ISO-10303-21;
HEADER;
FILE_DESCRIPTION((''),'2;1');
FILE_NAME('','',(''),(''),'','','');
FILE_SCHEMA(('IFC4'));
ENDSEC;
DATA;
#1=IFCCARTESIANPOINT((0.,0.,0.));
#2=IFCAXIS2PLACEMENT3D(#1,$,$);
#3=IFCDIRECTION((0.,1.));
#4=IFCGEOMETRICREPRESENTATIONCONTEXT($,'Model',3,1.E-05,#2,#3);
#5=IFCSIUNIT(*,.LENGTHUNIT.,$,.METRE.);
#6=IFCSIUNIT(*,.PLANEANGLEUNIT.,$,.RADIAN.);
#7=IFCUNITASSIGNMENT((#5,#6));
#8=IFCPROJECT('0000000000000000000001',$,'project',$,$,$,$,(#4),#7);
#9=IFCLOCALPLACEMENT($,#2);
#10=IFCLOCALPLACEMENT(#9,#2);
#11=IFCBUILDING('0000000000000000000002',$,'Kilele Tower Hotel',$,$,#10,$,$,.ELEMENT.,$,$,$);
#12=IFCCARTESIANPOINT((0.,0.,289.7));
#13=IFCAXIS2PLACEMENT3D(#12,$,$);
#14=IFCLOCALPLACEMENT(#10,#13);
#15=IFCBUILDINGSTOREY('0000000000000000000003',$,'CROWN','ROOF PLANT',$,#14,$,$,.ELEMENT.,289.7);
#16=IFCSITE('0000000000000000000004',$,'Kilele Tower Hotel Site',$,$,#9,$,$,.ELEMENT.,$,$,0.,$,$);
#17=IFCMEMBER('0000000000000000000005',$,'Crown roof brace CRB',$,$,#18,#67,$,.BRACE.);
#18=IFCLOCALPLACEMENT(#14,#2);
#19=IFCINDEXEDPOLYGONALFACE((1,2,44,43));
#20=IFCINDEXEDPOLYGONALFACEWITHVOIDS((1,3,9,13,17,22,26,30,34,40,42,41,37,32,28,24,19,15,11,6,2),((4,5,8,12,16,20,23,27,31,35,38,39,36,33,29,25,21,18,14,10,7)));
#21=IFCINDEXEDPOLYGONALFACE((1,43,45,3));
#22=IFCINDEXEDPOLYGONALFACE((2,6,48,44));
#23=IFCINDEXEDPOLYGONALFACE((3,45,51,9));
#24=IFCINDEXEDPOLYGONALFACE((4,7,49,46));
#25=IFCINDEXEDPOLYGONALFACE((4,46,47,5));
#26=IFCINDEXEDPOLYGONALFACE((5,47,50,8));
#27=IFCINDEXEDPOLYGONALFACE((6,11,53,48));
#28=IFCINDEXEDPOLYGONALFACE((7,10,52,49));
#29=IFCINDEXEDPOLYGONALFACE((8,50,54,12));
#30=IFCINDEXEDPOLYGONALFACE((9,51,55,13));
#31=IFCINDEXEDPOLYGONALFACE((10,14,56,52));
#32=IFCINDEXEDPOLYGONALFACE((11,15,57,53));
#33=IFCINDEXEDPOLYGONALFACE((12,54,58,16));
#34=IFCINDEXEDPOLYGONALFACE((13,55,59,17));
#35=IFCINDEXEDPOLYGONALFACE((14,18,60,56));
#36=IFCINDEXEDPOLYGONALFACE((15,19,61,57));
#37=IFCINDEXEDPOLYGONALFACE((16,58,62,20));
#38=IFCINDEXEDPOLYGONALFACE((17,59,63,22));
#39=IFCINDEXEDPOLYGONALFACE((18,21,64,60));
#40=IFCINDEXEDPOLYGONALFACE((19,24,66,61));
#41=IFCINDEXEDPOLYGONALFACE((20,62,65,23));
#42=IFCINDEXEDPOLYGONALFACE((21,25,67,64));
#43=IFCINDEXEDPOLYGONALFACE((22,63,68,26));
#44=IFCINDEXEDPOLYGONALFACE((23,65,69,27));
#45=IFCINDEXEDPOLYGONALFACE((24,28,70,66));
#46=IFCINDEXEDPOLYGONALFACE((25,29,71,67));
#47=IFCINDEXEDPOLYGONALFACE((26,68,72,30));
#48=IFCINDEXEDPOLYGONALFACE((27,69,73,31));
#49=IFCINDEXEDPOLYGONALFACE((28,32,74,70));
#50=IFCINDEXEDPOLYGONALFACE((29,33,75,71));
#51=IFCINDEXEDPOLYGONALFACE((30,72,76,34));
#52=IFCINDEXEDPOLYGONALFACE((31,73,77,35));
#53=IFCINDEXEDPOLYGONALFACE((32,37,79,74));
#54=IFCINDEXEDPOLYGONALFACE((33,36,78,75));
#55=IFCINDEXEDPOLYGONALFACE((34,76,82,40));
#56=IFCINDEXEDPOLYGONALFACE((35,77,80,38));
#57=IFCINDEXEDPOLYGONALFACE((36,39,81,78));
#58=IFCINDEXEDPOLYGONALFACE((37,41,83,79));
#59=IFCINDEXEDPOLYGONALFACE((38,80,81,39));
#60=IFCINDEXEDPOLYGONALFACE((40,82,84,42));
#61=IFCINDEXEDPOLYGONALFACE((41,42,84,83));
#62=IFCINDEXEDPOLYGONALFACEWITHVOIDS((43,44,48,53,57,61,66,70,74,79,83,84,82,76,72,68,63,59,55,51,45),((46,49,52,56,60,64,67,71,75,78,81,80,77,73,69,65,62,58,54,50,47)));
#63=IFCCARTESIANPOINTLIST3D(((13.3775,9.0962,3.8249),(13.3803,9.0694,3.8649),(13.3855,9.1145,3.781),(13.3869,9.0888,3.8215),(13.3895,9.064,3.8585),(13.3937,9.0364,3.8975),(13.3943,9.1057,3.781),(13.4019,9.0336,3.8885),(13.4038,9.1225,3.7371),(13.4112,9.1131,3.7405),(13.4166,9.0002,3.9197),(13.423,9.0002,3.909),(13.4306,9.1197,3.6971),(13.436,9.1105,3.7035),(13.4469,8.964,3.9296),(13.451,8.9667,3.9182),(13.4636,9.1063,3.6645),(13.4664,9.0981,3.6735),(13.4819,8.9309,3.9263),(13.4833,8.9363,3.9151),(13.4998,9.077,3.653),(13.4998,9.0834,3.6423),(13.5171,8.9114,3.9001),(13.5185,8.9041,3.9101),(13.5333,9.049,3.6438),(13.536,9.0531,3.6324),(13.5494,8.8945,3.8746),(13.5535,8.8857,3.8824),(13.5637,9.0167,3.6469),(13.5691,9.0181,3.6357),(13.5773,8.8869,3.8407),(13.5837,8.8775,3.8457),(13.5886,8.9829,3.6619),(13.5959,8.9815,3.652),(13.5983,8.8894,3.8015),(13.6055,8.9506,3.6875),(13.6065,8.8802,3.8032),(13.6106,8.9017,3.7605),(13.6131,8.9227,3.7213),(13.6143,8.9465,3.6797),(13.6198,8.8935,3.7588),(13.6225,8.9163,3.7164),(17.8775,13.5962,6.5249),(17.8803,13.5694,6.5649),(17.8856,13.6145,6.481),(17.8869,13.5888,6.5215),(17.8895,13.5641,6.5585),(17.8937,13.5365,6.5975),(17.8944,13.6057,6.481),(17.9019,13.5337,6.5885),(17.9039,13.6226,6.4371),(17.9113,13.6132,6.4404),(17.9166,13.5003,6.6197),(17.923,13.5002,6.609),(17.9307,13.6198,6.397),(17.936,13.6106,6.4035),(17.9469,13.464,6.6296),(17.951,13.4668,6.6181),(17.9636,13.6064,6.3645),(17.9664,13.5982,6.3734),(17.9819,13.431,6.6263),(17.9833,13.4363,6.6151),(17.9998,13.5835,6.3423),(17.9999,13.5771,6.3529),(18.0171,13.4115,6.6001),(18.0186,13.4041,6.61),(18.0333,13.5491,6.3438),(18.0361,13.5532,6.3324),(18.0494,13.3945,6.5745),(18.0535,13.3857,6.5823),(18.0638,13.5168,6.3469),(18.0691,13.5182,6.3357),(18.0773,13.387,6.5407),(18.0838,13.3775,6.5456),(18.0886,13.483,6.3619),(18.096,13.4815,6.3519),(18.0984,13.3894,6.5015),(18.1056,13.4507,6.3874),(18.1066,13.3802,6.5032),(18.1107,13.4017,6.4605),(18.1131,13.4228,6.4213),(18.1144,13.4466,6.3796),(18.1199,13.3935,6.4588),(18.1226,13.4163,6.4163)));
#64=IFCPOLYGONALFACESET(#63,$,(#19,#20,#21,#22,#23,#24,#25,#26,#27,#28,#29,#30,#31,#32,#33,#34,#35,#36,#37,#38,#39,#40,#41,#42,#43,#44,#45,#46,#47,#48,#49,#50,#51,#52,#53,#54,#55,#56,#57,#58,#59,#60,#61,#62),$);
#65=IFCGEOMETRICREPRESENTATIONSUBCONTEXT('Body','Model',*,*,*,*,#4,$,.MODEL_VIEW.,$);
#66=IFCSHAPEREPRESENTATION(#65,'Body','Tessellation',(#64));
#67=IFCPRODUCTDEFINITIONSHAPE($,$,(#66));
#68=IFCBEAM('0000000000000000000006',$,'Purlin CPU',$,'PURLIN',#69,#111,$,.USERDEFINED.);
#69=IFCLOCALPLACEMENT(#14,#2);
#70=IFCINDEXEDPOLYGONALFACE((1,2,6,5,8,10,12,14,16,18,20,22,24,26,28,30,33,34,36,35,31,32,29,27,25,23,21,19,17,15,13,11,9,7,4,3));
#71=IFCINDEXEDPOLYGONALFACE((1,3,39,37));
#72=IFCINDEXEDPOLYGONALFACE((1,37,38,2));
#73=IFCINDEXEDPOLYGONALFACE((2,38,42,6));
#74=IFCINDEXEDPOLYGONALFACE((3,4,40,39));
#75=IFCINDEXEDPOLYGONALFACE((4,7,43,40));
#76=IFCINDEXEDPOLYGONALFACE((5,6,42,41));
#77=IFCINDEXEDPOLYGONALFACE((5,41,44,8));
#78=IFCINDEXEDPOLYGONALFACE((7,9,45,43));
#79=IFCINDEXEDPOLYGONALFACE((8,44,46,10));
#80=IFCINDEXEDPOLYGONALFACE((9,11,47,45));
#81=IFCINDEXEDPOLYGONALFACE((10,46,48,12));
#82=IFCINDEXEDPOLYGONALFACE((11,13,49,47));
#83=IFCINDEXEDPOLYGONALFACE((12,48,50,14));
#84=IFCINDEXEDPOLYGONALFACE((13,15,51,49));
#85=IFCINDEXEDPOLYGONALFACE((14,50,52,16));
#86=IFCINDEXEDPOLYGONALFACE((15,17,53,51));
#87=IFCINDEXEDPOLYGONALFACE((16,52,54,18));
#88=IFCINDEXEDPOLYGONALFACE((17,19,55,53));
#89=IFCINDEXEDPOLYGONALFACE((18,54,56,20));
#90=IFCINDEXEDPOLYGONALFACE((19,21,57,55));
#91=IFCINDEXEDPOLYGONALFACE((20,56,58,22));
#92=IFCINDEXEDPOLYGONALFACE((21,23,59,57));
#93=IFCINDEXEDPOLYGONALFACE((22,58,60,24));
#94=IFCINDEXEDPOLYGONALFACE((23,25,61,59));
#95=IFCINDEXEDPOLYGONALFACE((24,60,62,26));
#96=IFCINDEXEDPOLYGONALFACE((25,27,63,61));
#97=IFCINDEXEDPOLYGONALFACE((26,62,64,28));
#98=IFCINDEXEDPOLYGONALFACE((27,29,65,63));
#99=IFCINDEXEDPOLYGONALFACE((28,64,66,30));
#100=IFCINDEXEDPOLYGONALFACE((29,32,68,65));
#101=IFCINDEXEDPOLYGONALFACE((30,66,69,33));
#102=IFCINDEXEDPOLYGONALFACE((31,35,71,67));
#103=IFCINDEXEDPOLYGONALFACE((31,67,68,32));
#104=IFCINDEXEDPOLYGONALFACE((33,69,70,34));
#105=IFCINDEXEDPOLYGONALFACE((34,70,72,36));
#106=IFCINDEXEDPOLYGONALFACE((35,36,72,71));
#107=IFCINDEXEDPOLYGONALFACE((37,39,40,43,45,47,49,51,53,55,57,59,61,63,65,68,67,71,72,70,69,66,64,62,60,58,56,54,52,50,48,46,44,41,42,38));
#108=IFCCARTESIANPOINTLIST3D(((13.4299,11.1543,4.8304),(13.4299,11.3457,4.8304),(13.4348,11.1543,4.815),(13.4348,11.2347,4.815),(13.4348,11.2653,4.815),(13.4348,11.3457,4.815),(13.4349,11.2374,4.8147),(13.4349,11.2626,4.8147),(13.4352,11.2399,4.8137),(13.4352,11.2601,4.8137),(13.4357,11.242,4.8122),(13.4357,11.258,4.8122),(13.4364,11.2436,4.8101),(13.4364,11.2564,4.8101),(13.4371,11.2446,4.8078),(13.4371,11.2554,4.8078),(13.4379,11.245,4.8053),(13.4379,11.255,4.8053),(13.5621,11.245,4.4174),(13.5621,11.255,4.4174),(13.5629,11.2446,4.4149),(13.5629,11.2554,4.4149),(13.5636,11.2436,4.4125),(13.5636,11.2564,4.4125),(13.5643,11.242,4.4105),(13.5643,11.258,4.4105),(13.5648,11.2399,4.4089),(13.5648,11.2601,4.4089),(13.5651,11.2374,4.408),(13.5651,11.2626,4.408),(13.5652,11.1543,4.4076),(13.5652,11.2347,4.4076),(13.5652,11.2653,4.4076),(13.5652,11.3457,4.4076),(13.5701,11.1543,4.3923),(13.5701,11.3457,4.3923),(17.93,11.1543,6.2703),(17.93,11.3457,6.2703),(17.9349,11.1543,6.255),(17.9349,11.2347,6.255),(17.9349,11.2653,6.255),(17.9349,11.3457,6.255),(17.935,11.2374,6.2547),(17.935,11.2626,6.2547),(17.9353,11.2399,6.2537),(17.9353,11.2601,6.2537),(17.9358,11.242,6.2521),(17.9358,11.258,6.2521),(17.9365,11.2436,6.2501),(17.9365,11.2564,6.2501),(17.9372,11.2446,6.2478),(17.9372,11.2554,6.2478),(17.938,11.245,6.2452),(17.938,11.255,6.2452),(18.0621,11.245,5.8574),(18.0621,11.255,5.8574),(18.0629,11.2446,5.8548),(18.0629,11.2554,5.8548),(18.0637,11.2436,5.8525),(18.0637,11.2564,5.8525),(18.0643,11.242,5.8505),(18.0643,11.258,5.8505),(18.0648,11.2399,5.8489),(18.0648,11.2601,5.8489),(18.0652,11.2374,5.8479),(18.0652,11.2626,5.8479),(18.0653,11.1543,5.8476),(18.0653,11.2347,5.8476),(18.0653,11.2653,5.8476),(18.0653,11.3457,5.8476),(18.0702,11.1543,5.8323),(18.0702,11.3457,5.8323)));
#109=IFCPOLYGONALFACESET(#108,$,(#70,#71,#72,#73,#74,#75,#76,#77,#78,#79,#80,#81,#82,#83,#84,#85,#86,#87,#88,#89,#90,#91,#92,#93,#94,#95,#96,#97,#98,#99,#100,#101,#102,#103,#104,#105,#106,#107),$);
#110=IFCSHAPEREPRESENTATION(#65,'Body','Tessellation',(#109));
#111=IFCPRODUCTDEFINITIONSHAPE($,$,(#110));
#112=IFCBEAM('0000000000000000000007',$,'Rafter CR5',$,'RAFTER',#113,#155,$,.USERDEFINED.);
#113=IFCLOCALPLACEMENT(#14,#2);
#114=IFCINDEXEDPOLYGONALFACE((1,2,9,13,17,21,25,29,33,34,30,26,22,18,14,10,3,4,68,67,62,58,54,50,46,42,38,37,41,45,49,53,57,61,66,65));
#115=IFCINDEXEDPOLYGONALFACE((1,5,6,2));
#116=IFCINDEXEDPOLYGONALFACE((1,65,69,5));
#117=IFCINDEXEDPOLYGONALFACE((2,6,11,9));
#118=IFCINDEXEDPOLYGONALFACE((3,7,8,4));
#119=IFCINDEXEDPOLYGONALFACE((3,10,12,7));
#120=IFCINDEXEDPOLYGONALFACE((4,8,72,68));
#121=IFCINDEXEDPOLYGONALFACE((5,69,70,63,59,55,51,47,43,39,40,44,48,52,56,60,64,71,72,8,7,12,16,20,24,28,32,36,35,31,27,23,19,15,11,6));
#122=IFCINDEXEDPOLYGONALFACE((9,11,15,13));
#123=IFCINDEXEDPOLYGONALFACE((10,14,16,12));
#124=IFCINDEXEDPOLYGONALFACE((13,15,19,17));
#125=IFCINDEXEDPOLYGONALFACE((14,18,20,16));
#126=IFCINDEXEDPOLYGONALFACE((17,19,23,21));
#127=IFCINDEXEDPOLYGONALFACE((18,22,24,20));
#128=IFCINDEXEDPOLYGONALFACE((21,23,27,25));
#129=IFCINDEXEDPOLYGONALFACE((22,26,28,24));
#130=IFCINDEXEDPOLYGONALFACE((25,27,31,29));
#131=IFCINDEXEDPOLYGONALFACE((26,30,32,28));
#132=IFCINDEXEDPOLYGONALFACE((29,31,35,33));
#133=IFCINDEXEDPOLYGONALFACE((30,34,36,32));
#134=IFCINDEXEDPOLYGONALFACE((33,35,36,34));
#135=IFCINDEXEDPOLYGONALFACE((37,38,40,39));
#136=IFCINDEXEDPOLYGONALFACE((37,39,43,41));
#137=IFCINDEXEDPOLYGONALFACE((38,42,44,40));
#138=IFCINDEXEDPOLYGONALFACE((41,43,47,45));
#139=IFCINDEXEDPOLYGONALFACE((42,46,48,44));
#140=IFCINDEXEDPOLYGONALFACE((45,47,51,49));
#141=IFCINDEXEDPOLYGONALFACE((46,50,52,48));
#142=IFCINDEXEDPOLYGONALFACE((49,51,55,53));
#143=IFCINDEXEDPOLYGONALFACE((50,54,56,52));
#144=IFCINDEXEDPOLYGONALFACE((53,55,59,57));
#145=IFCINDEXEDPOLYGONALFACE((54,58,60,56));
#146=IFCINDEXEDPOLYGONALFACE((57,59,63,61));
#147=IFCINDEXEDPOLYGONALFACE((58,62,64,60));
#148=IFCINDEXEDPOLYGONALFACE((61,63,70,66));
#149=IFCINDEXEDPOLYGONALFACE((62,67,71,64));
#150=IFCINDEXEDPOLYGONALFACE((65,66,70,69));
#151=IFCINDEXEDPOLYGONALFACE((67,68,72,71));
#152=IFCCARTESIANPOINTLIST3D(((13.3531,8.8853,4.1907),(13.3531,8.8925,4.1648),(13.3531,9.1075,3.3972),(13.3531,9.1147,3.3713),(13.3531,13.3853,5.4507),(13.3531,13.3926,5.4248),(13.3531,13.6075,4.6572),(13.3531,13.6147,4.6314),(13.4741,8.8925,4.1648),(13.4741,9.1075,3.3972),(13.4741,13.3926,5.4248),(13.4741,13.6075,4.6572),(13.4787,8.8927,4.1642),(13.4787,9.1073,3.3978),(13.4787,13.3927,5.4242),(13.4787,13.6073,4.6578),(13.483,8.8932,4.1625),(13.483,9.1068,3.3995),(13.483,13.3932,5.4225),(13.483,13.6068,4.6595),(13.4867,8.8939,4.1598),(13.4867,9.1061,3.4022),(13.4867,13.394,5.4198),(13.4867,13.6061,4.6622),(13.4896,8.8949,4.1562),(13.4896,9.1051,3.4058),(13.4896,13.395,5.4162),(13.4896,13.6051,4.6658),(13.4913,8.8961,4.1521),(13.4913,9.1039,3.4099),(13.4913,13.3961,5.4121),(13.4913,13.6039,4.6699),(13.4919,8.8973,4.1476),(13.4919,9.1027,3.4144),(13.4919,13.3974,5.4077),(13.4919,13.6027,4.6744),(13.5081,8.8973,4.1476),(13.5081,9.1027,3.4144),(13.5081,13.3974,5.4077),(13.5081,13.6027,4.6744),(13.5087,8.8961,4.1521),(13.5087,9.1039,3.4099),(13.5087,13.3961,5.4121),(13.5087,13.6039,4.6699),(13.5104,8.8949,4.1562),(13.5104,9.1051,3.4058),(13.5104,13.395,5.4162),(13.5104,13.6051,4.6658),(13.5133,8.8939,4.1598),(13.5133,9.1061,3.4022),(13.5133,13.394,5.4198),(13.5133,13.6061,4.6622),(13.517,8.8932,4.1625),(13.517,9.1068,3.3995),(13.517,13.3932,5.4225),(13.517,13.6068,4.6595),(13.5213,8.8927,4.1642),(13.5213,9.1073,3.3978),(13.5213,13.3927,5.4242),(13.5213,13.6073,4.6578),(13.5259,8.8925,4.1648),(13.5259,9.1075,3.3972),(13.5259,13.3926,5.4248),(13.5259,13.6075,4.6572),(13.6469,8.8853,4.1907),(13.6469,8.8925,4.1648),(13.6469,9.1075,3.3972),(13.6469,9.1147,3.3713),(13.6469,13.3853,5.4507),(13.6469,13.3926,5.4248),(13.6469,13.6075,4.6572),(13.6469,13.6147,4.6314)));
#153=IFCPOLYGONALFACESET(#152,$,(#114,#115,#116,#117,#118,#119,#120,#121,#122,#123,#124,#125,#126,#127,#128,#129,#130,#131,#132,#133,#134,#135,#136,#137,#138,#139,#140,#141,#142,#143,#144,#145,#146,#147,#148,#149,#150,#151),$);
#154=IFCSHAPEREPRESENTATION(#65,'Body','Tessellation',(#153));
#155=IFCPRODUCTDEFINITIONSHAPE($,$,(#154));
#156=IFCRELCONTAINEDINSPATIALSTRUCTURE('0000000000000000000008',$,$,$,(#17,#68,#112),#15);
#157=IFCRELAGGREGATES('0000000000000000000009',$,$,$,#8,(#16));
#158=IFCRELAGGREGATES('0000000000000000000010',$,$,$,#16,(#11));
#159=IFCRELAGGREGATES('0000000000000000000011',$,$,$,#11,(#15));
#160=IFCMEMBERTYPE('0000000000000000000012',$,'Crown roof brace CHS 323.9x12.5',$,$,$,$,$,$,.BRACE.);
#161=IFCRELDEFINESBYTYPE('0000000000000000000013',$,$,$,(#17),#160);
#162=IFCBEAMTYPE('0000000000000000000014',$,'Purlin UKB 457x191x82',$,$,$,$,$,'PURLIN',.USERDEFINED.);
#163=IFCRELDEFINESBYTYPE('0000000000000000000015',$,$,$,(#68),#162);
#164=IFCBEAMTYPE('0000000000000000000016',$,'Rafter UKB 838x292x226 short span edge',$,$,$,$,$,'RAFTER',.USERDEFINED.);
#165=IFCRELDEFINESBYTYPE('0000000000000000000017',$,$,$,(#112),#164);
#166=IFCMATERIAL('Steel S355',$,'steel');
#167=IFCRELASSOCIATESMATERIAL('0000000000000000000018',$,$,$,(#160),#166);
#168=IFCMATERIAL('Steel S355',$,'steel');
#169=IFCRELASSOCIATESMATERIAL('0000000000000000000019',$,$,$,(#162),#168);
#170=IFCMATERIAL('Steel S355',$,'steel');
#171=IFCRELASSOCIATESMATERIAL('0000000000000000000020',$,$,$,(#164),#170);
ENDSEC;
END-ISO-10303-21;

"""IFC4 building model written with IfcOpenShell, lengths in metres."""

from ifc_helpers import new_model, si_unit, direction, frame, origin, origin_2d, place, context, subcontext, project, spatial, hollow_circle, i_section, extrude, material, material_profile, profile_set, type_object, element, save


model = new_model("IFC4")

# Units and contexts
model_context = context("Model", 3, precision=1e-05, world=origin(), true_north=direction((0.0, 1.0)))
body_context = subcontext(model_context, "Body", "Model", "MODEL_VIEW")
ifc_project = project(units=[si_unit("LENGTHUNIT", "METRE"), si_unit("PLANEANGLEUNIT", "RADIAN")], contexts=[model_context])

# Site, building, storey
site_placement = place(None, origin())
site = spatial("IfcSite", under=ifc_project, at=site_placement, Name="Kilele Tower Hotel Site", CompositionType="ELEMENT", RefElevation=0.0)
building_placement = place(site_placement, origin())
building = spatial("IfcBuilding", under=site, at=building_placement, Name="Kilele Tower Hotel", CompositionType="ELEMENT")
storey_placement = place(building_placement, frame((0.0, 0.0, 289.7)))
storey = spatial("IfcBuildingStorey", under=building, at=storey_placement, Name="CROWN", Description="ROOF PLANT", CompositionType="ELEMENT", Elevation=289.7)

# Member
ifc_material_1 = material(Name="Steel S355", Category="steel")
ifc_material_profile_1 = material_profile(ifc_material_1, hollow_circle(Radius=0.1619, WallThickness=0.0125, at=origin_2d()))
ifc_profile_set_1 = profile_set([ifc_material_profile_1], Name="Steel S355")
member_type = type_object("IfcMemberType", Name="Crown roof brace CHS 323.9x12.5", PredefinedType="BRACE", material=ifc_profile_set_1)
member_placement = place(storey_placement, frame((13.5, 9.0, 3.781), z_axis=(0.650946, 0.650946, 0.390561), x_axis=(-0.707107, 0.707107, 0.0)))
element("IfcMember", 1, at=member_placement, inside=storey, type_object=member_type, Name="Crown roof brace CRB", PredefinedType="BRACE", context=body_context, shape_type="SweptSolid", body=[
    extrude(hollow_circle(Radius=0.1619, WallThickness=0.0125, at=origin_2d()), origin(), (0.0, 0.0, 1.0), 6.9131),
])

# Beams
ifc_material_2 = material(Name="Steel S355", Category="steel")
ifc_material_profile_2 = material_profile(ifc_material_2, i_section(OverallWidth=0.1914, OverallDepth=0.46, WebThickness=0.01, FlangeThickness=0.0161, FilletRadius=0.0103, at=origin_2d()))
ifc_profile_set_2 = profile_set([ifc_material_profile_2], Name="Steel S355")
beam_type_1 = type_object("IfcBeamType", Name="Purlin UKB 457x191x82", ElementType="PURLIN", PredefinedType="USERDEFINED", material=ifc_profile_set_2)
beam_1_placement = place(storey_placement, frame((13.5, 11.25, 4.6113), z_axis=(0.952428, 0.0, 0.304764), x_axis=(0.0, 1.0, 0.0)))
element("IfcBeam", 2, at=beam_1_placement, inside=storey, type_object=beam_type_1, Name="Purlin CPU", ObjectType="PURLIN", PredefinedType="USERDEFINED", context=body_context, shape_type="SweptSolid", body=[
    extrude(i_section(OverallWidth=0.1914, OverallDepth=0.46, WebThickness=0.01, FlangeThickness=0.0161, FilletRadius=0.0103, at=origin_2d()), origin(), (0.0, 0.0, 1.0), 4.7249),
])
ifc_material_3 = material(Name="Steel S355", Category="steel")
ifc_material_profile_3 = material_profile(ifc_material_3, i_section(OverallWidth=0.2937, OverallDepth=0.8508, WebThickness=0.0161, FlangeThickness=0.0269, FilletRadius=0.0178, at=origin_2d()))
ifc_profile_set_3 = profile_set([ifc_material_profile_3], Name="Steel S355")
beam_type_2 = type_object("IfcBeamType", Name="Rafter UKB 838x292x226 short span edge", ElementType="RAFTER", PredefinedType="USERDEFINED", material=ifc_profile_set_3)
beam_2_placement = place(storey_placement, frame((13.5, 9.0, 3.781), z_axis=(0.0, 0.962963, 0.269632), x_axis=(-1.0, 0.0, 0.0)))
element("IfcBeam", 3, at=beam_2_placement, inside=storey, type_object=beam_type_2, Name="Rafter CR5", ObjectType="RAFTER", PredefinedType="USERDEFINED", context=body_context, shape_type="SweptSolid", body=[
    extrude(i_section(OverallWidth=0.2937, OverallDepth=0.8508, WebThickness=0.0161, FlangeThickness=0.0269, FilletRadius=0.0178, at=origin_2d()), origin(), (0.0, 0.0, 1.0), 4.6731),
])

save(model, "model.ifc")
